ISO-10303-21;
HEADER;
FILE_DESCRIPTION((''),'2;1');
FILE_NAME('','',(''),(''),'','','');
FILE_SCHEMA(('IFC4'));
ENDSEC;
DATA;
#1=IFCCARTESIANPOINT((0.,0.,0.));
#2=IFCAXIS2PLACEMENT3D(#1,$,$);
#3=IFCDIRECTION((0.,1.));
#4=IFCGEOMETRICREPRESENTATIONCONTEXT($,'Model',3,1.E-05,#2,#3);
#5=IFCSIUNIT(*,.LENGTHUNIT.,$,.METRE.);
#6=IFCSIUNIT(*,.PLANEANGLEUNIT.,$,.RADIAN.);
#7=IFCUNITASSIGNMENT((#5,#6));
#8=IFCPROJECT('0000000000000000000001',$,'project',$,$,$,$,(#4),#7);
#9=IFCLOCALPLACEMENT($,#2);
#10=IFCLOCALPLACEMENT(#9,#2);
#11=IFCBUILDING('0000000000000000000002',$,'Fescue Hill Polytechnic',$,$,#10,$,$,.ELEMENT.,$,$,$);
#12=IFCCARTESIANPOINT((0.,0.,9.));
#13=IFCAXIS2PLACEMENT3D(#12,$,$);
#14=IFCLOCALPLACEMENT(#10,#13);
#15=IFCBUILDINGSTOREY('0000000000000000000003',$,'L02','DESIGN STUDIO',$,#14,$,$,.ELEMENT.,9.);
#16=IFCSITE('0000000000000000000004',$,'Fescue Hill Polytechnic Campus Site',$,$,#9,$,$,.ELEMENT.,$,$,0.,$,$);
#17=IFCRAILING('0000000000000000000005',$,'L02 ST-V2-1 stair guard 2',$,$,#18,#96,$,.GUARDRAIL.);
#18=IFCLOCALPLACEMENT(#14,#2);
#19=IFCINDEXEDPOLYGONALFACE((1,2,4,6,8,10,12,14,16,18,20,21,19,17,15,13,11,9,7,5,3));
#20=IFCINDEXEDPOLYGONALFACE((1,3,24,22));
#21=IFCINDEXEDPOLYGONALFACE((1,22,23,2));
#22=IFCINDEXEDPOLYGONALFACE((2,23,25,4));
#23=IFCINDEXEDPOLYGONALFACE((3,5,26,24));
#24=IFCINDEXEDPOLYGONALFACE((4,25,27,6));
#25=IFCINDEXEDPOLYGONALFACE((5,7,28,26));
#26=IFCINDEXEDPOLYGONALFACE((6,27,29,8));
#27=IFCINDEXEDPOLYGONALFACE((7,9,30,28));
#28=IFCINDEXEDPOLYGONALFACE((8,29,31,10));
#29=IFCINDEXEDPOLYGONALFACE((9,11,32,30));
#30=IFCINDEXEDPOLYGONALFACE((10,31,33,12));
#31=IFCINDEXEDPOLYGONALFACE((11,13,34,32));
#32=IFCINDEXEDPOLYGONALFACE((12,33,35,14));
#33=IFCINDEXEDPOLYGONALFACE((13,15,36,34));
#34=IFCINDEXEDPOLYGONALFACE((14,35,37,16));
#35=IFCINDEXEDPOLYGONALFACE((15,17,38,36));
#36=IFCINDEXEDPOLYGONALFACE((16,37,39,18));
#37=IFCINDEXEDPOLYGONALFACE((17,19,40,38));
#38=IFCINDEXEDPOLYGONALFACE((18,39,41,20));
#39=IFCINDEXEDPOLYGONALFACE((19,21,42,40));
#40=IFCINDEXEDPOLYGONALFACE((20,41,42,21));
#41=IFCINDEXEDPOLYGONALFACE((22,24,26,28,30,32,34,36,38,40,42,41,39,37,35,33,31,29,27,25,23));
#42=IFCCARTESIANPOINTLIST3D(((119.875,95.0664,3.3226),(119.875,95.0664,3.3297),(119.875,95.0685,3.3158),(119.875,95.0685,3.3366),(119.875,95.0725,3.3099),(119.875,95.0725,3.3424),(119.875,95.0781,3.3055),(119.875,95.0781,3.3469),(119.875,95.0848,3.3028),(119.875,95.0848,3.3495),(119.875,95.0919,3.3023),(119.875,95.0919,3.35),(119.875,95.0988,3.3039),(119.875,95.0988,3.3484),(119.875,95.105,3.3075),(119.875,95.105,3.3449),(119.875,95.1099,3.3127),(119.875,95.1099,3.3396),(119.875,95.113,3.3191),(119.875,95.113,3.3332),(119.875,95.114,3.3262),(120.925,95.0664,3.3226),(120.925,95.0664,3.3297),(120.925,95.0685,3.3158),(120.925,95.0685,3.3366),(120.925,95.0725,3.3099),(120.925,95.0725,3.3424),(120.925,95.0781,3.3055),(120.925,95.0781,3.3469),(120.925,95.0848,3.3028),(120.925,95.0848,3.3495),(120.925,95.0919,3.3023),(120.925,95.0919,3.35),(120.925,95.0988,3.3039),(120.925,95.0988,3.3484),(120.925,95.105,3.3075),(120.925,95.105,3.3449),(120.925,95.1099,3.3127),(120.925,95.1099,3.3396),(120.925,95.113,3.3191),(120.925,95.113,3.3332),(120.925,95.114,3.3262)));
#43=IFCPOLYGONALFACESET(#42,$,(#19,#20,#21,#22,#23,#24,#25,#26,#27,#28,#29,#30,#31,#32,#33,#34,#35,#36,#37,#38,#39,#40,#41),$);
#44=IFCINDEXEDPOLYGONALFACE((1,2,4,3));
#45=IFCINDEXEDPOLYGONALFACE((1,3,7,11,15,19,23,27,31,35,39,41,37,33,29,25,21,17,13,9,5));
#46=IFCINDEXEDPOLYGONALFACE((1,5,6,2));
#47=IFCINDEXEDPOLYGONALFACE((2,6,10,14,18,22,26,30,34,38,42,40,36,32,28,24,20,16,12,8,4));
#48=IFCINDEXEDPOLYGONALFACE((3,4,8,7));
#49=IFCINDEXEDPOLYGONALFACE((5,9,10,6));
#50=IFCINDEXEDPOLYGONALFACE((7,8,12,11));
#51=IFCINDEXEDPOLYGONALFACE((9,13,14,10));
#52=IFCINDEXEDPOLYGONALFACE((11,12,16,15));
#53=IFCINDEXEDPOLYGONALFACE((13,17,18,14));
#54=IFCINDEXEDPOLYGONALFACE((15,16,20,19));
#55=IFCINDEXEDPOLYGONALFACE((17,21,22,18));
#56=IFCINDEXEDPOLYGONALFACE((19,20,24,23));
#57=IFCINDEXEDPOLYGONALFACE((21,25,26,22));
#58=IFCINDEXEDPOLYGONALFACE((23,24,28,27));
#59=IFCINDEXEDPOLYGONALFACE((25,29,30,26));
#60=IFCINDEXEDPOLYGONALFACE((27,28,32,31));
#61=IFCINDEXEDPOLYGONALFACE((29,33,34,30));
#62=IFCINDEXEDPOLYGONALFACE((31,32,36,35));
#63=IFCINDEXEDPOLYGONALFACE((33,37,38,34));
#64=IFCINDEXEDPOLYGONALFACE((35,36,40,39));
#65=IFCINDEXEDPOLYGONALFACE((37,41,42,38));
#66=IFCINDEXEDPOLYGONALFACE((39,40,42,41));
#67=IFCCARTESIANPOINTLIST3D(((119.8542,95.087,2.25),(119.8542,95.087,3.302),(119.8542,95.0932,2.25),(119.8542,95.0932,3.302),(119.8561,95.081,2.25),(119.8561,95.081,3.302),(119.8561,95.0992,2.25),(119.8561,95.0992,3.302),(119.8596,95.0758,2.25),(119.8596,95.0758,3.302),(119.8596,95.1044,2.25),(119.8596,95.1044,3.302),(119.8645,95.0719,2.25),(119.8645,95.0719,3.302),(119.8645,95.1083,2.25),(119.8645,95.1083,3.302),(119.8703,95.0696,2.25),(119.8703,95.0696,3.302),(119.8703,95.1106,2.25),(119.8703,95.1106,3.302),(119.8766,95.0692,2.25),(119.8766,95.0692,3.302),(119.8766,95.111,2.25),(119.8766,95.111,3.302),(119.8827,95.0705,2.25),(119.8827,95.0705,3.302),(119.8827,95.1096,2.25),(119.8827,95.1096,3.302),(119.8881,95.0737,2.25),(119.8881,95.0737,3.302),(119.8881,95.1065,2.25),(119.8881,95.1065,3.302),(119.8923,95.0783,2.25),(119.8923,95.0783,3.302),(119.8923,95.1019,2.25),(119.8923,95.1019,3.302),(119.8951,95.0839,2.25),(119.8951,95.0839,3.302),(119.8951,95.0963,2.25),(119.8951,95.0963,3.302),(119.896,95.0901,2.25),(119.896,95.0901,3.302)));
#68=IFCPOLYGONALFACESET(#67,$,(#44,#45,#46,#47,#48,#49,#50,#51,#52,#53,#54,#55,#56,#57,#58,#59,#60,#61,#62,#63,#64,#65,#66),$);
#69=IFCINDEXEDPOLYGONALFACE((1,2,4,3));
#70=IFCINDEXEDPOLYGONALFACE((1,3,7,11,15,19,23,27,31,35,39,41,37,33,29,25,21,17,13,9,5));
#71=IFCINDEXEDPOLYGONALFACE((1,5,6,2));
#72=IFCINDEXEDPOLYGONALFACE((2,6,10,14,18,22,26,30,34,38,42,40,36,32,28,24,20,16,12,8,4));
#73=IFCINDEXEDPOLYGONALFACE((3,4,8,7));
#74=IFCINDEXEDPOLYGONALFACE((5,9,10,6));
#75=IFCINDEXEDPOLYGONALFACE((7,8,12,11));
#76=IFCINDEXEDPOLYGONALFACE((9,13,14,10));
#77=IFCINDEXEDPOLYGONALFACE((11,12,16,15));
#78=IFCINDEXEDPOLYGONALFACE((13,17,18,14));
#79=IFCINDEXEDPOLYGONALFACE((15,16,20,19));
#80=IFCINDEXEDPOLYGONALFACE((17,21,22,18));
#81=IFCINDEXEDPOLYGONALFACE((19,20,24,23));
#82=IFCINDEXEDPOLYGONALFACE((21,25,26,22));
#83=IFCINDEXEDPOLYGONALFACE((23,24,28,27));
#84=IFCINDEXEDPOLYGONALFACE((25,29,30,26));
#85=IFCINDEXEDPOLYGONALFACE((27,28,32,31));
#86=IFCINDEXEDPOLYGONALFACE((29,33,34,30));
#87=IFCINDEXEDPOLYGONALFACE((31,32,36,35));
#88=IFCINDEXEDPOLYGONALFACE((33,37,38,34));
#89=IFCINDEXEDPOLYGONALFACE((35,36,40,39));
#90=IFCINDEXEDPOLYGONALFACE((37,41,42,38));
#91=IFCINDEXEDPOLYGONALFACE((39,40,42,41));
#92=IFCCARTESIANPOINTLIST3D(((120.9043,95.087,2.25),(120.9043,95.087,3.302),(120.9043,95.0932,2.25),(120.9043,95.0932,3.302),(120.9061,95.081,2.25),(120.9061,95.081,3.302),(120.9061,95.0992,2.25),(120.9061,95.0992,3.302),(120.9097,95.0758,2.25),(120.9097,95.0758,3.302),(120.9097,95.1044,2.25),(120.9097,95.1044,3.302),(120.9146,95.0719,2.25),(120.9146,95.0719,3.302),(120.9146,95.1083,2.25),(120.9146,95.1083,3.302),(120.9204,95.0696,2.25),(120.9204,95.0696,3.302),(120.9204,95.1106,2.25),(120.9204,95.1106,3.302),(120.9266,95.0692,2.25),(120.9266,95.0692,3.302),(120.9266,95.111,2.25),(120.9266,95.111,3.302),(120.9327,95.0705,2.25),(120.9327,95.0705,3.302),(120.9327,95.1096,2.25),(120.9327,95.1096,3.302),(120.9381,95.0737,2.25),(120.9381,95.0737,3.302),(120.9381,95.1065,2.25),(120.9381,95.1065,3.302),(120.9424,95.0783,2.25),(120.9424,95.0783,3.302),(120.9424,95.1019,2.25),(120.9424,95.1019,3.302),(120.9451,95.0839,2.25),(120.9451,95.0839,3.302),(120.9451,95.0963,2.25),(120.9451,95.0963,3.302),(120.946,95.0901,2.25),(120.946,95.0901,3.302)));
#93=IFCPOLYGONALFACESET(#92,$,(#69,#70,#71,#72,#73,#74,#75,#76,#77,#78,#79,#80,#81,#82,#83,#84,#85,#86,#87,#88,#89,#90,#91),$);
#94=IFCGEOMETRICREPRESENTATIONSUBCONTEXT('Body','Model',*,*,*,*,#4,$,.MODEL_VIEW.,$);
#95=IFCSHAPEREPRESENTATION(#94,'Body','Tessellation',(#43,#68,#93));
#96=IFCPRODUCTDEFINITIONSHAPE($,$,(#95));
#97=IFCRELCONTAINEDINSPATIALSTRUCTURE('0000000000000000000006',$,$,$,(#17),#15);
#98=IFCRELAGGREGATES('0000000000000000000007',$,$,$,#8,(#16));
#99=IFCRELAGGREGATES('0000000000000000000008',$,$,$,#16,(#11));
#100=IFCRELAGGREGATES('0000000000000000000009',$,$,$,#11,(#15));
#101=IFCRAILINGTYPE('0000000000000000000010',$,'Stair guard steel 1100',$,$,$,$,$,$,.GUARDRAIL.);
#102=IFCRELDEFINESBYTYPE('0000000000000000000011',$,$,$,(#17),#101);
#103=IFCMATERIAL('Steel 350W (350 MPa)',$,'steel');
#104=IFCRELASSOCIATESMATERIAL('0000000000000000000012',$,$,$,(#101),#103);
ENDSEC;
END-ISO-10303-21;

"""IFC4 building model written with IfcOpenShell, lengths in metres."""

from ifc_helpers import new_model, si_unit, direction, frame, origin, origin_2d, place, context, subcontext, project, spatial, circle, extrude, material, type_object, element, save


model = new_model("IFC4")

# Units and contexts
model_context = context("Model", 3, precision=1e-05, world=origin(), true_north=direction((0.0, 1.0)))
body_context = subcontext(model_context, "Body", "Model", "MODEL_VIEW")
ifc_project = project(units=[si_unit("LENGTHUNIT", "METRE"), si_unit("PLANEANGLEUNIT", "RADIAN")], contexts=[model_context])

# Site, building, storey
site_placement = place(None, origin())
site = spatial("IfcSite", under=ifc_project, at=site_placement, Name="Fescue Hill Polytechnic Campus Site", CompositionType="ELEMENT", RefElevation=0.0)
building_placement = place(site_placement, origin())
building = spatial("IfcBuilding", under=site, at=building_placement, Name="Fescue Hill Polytechnic", CompositionType="ELEMENT")
storey_placement = place(building_placement, frame((0.0, 0.0, 9.0)))
storey = spatial("IfcBuildingStorey", under=building, at=storey_placement, Name="L02", Description="DESIGN STUDIO", CompositionType="ELEMENT", Elevation=9.0)

# Railing
ifc_material_1 = material(Name="Steel 350W (350 MPa)", Category="steel")
railing_type_1 = type_object("IfcRailingType", Name="Stair guard steel 1100", PredefinedType="GUARDRAIL", material=ifc_material_1)
railing_1_placement = place(storey_placement, frame((119.875, 95.0901, 2.25)))
element("IfcRailing", 1, at=railing_1_placement, inside=storey, type_object=railing_type_1, Name="L02 ST-V2-1 stair guard 2", PredefinedType="GUARDRAIL", context=body_context, shape_type="SweptSolid", body=[
    extrude(circle(Radius=0.0239, at=origin_2d()), frame((0.0, 0.0, 1.0762), z_axis=(1.0, 0.0, 0.0), x_axis=(0.0, 1.0, 0.0)), (0.0, 0.0, 1.0), 1.05),
    extrude(circle(Radius=0.021, at=origin_2d()), origin(), (0.0, 0.0, 1.0), 1.052),
    extrude(circle(Radius=0.021, at=origin_2d()), frame((1.05, 0.0, 0.0)), (0.0, 0.0, 1.0), 1.052),
])

save(model, "model.ifc")
